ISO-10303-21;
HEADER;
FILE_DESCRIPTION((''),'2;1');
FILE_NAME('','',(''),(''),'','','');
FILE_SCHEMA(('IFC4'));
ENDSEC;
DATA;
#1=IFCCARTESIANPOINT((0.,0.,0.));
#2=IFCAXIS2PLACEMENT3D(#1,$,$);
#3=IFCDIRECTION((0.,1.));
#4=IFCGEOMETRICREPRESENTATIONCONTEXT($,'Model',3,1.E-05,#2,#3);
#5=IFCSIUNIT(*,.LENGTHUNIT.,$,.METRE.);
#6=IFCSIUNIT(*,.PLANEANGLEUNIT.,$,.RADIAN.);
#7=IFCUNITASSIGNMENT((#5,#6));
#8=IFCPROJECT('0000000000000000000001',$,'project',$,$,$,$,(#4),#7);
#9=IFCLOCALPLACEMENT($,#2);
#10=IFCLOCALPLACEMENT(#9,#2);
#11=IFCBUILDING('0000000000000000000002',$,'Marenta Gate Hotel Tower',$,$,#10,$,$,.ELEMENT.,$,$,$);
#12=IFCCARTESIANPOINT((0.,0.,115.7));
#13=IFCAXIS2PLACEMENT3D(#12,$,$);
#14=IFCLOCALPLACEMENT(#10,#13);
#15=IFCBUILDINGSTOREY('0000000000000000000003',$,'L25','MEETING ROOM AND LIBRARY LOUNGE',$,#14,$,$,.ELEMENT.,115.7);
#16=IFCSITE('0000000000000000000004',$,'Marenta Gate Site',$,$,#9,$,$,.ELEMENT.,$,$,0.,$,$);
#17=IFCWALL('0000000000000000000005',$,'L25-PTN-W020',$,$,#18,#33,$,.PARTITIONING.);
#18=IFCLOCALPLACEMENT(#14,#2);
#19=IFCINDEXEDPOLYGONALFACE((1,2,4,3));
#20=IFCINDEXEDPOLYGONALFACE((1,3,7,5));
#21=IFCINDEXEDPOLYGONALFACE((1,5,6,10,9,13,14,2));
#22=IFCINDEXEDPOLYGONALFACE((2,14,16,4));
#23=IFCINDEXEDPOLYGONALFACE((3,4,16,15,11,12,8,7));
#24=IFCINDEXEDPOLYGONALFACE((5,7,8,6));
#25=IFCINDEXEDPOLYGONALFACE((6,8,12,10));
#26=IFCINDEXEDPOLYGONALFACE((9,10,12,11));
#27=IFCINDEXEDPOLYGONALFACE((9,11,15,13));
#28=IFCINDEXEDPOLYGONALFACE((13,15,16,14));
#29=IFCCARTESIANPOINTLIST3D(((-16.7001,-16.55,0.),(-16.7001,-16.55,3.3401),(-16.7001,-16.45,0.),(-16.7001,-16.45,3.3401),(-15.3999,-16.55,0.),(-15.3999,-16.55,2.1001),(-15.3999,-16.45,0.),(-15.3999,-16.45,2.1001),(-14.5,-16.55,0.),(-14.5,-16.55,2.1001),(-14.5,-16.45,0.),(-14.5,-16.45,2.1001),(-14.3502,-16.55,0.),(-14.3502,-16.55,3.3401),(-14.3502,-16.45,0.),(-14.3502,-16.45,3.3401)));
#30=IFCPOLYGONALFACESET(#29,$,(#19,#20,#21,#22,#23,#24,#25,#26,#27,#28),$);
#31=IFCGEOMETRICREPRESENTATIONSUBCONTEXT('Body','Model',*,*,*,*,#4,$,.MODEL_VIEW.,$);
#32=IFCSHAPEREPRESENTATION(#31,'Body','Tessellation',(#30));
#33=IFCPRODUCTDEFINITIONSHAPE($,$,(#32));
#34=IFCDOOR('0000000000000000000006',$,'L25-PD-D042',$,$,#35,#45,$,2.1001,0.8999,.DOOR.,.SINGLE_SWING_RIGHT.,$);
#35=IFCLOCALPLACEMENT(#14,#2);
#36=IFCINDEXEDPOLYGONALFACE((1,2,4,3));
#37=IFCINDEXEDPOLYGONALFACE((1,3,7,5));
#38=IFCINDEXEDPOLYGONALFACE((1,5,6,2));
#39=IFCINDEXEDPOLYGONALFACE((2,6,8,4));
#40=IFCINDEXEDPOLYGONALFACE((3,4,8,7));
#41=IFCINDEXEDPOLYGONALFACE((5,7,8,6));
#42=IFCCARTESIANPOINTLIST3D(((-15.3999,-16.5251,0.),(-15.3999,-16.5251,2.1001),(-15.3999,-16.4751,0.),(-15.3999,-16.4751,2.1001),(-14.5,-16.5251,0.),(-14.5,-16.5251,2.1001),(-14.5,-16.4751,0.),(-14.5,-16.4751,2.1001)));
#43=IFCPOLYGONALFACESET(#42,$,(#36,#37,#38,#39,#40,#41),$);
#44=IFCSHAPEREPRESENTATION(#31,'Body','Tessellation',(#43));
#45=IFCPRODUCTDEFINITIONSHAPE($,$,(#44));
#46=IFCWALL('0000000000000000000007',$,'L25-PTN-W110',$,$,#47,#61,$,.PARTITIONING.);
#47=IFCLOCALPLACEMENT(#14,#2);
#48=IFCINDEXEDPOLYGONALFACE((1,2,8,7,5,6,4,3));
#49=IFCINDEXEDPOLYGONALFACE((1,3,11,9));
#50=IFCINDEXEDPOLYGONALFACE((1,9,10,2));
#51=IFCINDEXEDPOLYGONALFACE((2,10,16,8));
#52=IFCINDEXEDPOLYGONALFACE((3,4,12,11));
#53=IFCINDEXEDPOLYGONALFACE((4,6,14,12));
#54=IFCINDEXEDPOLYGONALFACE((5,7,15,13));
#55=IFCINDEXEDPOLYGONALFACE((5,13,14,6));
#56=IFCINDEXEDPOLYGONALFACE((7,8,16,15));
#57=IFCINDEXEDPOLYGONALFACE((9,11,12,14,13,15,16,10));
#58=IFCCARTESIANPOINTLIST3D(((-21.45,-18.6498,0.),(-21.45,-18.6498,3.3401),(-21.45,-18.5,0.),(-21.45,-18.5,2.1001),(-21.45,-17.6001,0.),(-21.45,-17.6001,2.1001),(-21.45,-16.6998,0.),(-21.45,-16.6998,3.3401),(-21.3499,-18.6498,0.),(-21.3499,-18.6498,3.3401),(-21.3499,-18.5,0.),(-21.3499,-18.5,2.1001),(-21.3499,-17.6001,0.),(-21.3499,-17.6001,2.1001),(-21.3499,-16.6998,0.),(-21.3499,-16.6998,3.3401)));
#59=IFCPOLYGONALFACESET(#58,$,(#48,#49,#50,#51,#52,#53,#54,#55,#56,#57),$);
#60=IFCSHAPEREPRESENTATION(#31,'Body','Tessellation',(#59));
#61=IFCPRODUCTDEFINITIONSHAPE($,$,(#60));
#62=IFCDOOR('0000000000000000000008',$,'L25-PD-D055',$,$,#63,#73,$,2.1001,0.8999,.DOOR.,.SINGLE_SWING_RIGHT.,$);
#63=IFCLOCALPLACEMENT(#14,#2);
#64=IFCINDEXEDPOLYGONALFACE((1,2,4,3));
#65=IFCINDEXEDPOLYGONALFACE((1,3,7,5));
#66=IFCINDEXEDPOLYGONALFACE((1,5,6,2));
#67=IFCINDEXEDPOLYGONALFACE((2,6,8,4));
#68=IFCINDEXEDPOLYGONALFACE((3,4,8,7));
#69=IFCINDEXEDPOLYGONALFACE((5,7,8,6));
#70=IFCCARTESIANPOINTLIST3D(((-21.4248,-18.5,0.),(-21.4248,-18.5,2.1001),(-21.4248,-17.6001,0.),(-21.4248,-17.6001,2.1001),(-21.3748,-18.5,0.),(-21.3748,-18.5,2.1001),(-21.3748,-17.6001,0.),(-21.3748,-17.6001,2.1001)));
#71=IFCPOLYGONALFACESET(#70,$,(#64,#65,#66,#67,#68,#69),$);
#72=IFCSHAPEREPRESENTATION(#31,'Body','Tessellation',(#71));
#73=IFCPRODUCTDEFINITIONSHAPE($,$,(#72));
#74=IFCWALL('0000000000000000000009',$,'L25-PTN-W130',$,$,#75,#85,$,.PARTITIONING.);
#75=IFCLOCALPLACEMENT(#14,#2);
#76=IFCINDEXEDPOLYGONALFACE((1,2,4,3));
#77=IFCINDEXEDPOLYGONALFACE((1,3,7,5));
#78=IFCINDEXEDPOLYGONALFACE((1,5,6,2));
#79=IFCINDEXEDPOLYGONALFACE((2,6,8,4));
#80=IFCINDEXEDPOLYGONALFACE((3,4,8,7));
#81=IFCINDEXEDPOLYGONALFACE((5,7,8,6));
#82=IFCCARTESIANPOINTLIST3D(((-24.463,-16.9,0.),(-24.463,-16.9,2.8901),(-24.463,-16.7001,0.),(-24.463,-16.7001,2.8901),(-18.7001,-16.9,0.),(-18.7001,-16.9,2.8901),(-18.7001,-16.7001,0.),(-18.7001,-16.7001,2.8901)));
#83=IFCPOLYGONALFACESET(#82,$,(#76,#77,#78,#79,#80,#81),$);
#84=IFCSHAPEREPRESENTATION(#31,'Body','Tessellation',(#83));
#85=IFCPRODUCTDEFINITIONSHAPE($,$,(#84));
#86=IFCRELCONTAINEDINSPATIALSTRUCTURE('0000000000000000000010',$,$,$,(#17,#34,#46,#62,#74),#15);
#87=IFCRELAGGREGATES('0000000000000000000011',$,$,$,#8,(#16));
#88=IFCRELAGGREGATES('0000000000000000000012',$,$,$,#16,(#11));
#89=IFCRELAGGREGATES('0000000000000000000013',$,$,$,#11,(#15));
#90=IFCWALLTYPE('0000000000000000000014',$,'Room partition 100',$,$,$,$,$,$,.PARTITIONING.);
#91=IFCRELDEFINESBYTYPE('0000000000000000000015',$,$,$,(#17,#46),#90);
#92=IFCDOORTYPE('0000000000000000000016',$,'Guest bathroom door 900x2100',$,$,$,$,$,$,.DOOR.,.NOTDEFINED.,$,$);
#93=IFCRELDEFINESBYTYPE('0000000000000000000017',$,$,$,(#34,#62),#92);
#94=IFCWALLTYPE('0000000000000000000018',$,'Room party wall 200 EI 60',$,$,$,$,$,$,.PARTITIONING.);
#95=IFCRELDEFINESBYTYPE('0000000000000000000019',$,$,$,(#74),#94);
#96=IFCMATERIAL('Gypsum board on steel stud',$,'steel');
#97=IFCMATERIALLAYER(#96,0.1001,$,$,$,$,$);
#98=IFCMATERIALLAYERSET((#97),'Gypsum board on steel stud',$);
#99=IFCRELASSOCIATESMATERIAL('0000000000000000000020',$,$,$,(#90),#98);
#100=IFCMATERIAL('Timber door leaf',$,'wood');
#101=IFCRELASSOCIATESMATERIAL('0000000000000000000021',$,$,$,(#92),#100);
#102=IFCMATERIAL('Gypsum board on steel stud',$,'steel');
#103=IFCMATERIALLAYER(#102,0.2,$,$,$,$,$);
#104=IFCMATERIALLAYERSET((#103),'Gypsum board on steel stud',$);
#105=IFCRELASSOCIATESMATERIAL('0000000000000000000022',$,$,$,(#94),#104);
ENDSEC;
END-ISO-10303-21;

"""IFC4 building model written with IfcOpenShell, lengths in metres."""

from ifc_helpers import new_model, si_unit, direction, frame, frame_2d, origin, place, context, subcontext, project, spatial, rectangle, extrude, material, layer, layer_set, type_object, element, fill, save


model = new_model("IFC4")

# Units and contexts
model_context = context("Model", 3, precision=1e-05, world=origin(), true_north=direction((0.0, 1.0)))
body_context = subcontext(model_context, "Body", "Model", "MODEL_VIEW")
ifc_project = project(units=[si_unit("LENGTHUNIT", "METRE"), si_unit("PLANEANGLEUNIT", "RADIAN")], contexts=[model_context])

# Site, building, storey
site_placement = place(None, origin())
site = spatial("IfcSite", under=ifc_project, at=site_placement, Name="Marenta Gate Site", CompositionType="ELEMENT", RefElevation=0.0)
building_placement = place(site_placement, origin())
building = spatial("IfcBuilding", under=site, at=building_placement, Name="Marenta Gate Hotel Tower", CompositionType="ELEMENT")
storey_placement = place(building_placement, frame((0.0, 0.0, 115.7)))
storey = spatial("IfcBuildingStorey", under=building, at=storey_placement, Name="L25", Description="MEETING ROOM AND LIBRARY LOUNGE", CompositionType="ELEMENT", Elevation=115.7)

# Shared definitions
ifc_material_1 = material(Name="Gypsum board on steel stud", Category="steel")
ifc_layer_1 = layer(ifc_material_1, 0.1001)
ifc_layer_set_1 = layer_set([ifc_layer_1], Name="Gypsum board on steel stud")
wall_type_1 = type_object("IfcWallType", Name="Room partition 100", PredefinedType="PARTITIONING", material=ifc_layer_set_1)

# Walls, openings, doors
wall_1_placement = place(storey_placement, frame((-16.7, -16.5, 0.0), z_axis=(0.0, 0.0, 1.0), x_axis=(1.0, 0.0, 0.0)))
wall_1 = element("IfcWall", 1, at=wall_1_placement, inside=storey, type_object=wall_type_1, Name="L25-PTN-W020", PredefinedType="PARTITIONING", context=body_context, shape_type="SweptSolid", body=[
    extrude(rectangle(XDim=2.3499, YDim=0.1001, at=frame_2d((1.1748, 0.0))), origin(), (0.0, 0.0, 1.0), 3.3401),
])
opening_1_placement = place(wall_1_placement, frame((1.3, 0.0, 0.0)))
opening_1 = element("IfcOpeningElement", 2, at=opening_1_placement, cuts=wall_1, PredefinedType="OPENING", context=body_context, shape_type="SweptSolid", body=[
    extrude(rectangle(XDim=0.8999, YDim=2.1001, at=frame_2d((0.45, 1.05))), frame((0.0, 0.05, 0.0), z_axis=(0.0, -1.0, 0.0), x_axis=(1.0, 0.0, 0.0)), (0.0, 0.0, 1.0), 0.1001),
])
ifc_material_2 = material(Name="Timber door leaf", Category="wood")
door_type_1 = type_object("IfcDoorType", Name="Guest bathroom door 900x2100", OperationType="NOTDEFINED", PredefinedType="DOOR", material=ifc_material_2)
door_1_placement = place(opening_1_placement, origin())
door_1 = element("IfcDoor", 3, at=door_1_placement, inside=storey, type_object=door_type_1, Name="L25-PD-D042", OperationType="SINGLE_SWING_RIGHT", OverallHeight=2.1001, OverallWidth=0.8999, PredefinedType="DOOR", context=body_context, shape_type="SweptSolid", body=[
    extrude(rectangle(XDim=0.8999, YDim=2.1001, at=frame_2d((0.45, 1.05))), frame((0.0, 0.0249, 0.0), z_axis=(0.0, -1.0, 0.0), x_axis=(1.0, 0.0, 0.0)), (0.0, 0.0, 1.0), 0.05),
])
fill(opening_1, door_1)
wall_2_placement = place(storey_placement, frame((-21.3999, -18.6499, 0.0), z_axis=(0.0, 0.0, 1.0), x_axis=(0.0, 1.0, 0.0)))
wall_2 = element("IfcWall", 4, at=wall_2_placement, inside=storey, type_object=wall_type_1, Name="L25-PTN-W110", PredefinedType="PARTITIONING", context=body_context, shape_type="SweptSolid", body=[
    extrude(rectangle(XDim=1.95, YDim=0.1001, at=frame_2d((0.9751, 0.0))), origin(), (0.0, 0.0, 1.0), 3.3401),
])
opening_2_placement = place(wall_2_placement, frame((0.1499, 0.0, 0.0)))
opening_2 = element("IfcOpeningElement", 5, at=opening_2_placement, cuts=wall_2, PredefinedType="OPENING", context=body_context, shape_type="SweptSolid", body=[
    extrude(rectangle(XDim=0.8999, YDim=2.1001, at=frame_2d((0.45, 1.05))), frame((0.0, 0.05, 0.0), z_axis=(0.0, -1.0, 0.0), x_axis=(1.0, 0.0, 0.0)), (0.0, 0.0, 1.0), 0.1001),
])
door_2_placement = place(opening_2_placement, origin())
door_2 = element("IfcDoor", 6, at=door_2_placement, inside=storey, type_object=door_type_1, Name="L25-PD-D055", OperationType="SINGLE_SWING_RIGHT", OverallHeight=2.1001, OverallWidth=0.8999, PredefinedType="DOOR", context=body_context, shape_type="SweptSolid", body=[
    extrude(rectangle(XDim=0.8999, YDim=2.1001, at=frame_2d((0.45, 1.05))), frame((0.0, 0.0249, 0.0), z_axis=(0.0, -1.0, 0.0), x_axis=(1.0, 0.0, 0.0)), (0.0, 0.0, 1.0), 0.05),
])
fill(opening_2, door_2)

# Wall
ifc_material_3 = material(Name="Gypsum board on steel stud", Category="steel")
ifc_layer_2 = layer(ifc_material_3, 0.2)
ifc_layer_set_2 = layer_set([ifc_layer_2], Name="Gypsum board on steel stud")
wall_type_2 = type_object("IfcWallType", Name="Room party wall 200 EI 60", PredefinedType="PARTITIONING", material=ifc_layer_set_2)
wall_3_placement = place(storey_placement, frame((-24.4629, -16.8, 0.0), z_axis=(0.0, 0.0, 1.0), x_axis=(1.0, 0.0, 0.0)))
element("IfcWall", 7, at=wall_3_placement, inside=storey, type_object=wall_type_2, Name="L25-PTN-W130", PredefinedType="PARTITIONING", context=body_context, shape_type="SweptSolid", body=[
    extrude(rectangle(XDim=5.7629, YDim=0.2, at=frame_2d((2.8813, 0.0))), origin(), (0.0, 0.0, 1.0), 2.8901),
])

save(model, "model.ifc")
